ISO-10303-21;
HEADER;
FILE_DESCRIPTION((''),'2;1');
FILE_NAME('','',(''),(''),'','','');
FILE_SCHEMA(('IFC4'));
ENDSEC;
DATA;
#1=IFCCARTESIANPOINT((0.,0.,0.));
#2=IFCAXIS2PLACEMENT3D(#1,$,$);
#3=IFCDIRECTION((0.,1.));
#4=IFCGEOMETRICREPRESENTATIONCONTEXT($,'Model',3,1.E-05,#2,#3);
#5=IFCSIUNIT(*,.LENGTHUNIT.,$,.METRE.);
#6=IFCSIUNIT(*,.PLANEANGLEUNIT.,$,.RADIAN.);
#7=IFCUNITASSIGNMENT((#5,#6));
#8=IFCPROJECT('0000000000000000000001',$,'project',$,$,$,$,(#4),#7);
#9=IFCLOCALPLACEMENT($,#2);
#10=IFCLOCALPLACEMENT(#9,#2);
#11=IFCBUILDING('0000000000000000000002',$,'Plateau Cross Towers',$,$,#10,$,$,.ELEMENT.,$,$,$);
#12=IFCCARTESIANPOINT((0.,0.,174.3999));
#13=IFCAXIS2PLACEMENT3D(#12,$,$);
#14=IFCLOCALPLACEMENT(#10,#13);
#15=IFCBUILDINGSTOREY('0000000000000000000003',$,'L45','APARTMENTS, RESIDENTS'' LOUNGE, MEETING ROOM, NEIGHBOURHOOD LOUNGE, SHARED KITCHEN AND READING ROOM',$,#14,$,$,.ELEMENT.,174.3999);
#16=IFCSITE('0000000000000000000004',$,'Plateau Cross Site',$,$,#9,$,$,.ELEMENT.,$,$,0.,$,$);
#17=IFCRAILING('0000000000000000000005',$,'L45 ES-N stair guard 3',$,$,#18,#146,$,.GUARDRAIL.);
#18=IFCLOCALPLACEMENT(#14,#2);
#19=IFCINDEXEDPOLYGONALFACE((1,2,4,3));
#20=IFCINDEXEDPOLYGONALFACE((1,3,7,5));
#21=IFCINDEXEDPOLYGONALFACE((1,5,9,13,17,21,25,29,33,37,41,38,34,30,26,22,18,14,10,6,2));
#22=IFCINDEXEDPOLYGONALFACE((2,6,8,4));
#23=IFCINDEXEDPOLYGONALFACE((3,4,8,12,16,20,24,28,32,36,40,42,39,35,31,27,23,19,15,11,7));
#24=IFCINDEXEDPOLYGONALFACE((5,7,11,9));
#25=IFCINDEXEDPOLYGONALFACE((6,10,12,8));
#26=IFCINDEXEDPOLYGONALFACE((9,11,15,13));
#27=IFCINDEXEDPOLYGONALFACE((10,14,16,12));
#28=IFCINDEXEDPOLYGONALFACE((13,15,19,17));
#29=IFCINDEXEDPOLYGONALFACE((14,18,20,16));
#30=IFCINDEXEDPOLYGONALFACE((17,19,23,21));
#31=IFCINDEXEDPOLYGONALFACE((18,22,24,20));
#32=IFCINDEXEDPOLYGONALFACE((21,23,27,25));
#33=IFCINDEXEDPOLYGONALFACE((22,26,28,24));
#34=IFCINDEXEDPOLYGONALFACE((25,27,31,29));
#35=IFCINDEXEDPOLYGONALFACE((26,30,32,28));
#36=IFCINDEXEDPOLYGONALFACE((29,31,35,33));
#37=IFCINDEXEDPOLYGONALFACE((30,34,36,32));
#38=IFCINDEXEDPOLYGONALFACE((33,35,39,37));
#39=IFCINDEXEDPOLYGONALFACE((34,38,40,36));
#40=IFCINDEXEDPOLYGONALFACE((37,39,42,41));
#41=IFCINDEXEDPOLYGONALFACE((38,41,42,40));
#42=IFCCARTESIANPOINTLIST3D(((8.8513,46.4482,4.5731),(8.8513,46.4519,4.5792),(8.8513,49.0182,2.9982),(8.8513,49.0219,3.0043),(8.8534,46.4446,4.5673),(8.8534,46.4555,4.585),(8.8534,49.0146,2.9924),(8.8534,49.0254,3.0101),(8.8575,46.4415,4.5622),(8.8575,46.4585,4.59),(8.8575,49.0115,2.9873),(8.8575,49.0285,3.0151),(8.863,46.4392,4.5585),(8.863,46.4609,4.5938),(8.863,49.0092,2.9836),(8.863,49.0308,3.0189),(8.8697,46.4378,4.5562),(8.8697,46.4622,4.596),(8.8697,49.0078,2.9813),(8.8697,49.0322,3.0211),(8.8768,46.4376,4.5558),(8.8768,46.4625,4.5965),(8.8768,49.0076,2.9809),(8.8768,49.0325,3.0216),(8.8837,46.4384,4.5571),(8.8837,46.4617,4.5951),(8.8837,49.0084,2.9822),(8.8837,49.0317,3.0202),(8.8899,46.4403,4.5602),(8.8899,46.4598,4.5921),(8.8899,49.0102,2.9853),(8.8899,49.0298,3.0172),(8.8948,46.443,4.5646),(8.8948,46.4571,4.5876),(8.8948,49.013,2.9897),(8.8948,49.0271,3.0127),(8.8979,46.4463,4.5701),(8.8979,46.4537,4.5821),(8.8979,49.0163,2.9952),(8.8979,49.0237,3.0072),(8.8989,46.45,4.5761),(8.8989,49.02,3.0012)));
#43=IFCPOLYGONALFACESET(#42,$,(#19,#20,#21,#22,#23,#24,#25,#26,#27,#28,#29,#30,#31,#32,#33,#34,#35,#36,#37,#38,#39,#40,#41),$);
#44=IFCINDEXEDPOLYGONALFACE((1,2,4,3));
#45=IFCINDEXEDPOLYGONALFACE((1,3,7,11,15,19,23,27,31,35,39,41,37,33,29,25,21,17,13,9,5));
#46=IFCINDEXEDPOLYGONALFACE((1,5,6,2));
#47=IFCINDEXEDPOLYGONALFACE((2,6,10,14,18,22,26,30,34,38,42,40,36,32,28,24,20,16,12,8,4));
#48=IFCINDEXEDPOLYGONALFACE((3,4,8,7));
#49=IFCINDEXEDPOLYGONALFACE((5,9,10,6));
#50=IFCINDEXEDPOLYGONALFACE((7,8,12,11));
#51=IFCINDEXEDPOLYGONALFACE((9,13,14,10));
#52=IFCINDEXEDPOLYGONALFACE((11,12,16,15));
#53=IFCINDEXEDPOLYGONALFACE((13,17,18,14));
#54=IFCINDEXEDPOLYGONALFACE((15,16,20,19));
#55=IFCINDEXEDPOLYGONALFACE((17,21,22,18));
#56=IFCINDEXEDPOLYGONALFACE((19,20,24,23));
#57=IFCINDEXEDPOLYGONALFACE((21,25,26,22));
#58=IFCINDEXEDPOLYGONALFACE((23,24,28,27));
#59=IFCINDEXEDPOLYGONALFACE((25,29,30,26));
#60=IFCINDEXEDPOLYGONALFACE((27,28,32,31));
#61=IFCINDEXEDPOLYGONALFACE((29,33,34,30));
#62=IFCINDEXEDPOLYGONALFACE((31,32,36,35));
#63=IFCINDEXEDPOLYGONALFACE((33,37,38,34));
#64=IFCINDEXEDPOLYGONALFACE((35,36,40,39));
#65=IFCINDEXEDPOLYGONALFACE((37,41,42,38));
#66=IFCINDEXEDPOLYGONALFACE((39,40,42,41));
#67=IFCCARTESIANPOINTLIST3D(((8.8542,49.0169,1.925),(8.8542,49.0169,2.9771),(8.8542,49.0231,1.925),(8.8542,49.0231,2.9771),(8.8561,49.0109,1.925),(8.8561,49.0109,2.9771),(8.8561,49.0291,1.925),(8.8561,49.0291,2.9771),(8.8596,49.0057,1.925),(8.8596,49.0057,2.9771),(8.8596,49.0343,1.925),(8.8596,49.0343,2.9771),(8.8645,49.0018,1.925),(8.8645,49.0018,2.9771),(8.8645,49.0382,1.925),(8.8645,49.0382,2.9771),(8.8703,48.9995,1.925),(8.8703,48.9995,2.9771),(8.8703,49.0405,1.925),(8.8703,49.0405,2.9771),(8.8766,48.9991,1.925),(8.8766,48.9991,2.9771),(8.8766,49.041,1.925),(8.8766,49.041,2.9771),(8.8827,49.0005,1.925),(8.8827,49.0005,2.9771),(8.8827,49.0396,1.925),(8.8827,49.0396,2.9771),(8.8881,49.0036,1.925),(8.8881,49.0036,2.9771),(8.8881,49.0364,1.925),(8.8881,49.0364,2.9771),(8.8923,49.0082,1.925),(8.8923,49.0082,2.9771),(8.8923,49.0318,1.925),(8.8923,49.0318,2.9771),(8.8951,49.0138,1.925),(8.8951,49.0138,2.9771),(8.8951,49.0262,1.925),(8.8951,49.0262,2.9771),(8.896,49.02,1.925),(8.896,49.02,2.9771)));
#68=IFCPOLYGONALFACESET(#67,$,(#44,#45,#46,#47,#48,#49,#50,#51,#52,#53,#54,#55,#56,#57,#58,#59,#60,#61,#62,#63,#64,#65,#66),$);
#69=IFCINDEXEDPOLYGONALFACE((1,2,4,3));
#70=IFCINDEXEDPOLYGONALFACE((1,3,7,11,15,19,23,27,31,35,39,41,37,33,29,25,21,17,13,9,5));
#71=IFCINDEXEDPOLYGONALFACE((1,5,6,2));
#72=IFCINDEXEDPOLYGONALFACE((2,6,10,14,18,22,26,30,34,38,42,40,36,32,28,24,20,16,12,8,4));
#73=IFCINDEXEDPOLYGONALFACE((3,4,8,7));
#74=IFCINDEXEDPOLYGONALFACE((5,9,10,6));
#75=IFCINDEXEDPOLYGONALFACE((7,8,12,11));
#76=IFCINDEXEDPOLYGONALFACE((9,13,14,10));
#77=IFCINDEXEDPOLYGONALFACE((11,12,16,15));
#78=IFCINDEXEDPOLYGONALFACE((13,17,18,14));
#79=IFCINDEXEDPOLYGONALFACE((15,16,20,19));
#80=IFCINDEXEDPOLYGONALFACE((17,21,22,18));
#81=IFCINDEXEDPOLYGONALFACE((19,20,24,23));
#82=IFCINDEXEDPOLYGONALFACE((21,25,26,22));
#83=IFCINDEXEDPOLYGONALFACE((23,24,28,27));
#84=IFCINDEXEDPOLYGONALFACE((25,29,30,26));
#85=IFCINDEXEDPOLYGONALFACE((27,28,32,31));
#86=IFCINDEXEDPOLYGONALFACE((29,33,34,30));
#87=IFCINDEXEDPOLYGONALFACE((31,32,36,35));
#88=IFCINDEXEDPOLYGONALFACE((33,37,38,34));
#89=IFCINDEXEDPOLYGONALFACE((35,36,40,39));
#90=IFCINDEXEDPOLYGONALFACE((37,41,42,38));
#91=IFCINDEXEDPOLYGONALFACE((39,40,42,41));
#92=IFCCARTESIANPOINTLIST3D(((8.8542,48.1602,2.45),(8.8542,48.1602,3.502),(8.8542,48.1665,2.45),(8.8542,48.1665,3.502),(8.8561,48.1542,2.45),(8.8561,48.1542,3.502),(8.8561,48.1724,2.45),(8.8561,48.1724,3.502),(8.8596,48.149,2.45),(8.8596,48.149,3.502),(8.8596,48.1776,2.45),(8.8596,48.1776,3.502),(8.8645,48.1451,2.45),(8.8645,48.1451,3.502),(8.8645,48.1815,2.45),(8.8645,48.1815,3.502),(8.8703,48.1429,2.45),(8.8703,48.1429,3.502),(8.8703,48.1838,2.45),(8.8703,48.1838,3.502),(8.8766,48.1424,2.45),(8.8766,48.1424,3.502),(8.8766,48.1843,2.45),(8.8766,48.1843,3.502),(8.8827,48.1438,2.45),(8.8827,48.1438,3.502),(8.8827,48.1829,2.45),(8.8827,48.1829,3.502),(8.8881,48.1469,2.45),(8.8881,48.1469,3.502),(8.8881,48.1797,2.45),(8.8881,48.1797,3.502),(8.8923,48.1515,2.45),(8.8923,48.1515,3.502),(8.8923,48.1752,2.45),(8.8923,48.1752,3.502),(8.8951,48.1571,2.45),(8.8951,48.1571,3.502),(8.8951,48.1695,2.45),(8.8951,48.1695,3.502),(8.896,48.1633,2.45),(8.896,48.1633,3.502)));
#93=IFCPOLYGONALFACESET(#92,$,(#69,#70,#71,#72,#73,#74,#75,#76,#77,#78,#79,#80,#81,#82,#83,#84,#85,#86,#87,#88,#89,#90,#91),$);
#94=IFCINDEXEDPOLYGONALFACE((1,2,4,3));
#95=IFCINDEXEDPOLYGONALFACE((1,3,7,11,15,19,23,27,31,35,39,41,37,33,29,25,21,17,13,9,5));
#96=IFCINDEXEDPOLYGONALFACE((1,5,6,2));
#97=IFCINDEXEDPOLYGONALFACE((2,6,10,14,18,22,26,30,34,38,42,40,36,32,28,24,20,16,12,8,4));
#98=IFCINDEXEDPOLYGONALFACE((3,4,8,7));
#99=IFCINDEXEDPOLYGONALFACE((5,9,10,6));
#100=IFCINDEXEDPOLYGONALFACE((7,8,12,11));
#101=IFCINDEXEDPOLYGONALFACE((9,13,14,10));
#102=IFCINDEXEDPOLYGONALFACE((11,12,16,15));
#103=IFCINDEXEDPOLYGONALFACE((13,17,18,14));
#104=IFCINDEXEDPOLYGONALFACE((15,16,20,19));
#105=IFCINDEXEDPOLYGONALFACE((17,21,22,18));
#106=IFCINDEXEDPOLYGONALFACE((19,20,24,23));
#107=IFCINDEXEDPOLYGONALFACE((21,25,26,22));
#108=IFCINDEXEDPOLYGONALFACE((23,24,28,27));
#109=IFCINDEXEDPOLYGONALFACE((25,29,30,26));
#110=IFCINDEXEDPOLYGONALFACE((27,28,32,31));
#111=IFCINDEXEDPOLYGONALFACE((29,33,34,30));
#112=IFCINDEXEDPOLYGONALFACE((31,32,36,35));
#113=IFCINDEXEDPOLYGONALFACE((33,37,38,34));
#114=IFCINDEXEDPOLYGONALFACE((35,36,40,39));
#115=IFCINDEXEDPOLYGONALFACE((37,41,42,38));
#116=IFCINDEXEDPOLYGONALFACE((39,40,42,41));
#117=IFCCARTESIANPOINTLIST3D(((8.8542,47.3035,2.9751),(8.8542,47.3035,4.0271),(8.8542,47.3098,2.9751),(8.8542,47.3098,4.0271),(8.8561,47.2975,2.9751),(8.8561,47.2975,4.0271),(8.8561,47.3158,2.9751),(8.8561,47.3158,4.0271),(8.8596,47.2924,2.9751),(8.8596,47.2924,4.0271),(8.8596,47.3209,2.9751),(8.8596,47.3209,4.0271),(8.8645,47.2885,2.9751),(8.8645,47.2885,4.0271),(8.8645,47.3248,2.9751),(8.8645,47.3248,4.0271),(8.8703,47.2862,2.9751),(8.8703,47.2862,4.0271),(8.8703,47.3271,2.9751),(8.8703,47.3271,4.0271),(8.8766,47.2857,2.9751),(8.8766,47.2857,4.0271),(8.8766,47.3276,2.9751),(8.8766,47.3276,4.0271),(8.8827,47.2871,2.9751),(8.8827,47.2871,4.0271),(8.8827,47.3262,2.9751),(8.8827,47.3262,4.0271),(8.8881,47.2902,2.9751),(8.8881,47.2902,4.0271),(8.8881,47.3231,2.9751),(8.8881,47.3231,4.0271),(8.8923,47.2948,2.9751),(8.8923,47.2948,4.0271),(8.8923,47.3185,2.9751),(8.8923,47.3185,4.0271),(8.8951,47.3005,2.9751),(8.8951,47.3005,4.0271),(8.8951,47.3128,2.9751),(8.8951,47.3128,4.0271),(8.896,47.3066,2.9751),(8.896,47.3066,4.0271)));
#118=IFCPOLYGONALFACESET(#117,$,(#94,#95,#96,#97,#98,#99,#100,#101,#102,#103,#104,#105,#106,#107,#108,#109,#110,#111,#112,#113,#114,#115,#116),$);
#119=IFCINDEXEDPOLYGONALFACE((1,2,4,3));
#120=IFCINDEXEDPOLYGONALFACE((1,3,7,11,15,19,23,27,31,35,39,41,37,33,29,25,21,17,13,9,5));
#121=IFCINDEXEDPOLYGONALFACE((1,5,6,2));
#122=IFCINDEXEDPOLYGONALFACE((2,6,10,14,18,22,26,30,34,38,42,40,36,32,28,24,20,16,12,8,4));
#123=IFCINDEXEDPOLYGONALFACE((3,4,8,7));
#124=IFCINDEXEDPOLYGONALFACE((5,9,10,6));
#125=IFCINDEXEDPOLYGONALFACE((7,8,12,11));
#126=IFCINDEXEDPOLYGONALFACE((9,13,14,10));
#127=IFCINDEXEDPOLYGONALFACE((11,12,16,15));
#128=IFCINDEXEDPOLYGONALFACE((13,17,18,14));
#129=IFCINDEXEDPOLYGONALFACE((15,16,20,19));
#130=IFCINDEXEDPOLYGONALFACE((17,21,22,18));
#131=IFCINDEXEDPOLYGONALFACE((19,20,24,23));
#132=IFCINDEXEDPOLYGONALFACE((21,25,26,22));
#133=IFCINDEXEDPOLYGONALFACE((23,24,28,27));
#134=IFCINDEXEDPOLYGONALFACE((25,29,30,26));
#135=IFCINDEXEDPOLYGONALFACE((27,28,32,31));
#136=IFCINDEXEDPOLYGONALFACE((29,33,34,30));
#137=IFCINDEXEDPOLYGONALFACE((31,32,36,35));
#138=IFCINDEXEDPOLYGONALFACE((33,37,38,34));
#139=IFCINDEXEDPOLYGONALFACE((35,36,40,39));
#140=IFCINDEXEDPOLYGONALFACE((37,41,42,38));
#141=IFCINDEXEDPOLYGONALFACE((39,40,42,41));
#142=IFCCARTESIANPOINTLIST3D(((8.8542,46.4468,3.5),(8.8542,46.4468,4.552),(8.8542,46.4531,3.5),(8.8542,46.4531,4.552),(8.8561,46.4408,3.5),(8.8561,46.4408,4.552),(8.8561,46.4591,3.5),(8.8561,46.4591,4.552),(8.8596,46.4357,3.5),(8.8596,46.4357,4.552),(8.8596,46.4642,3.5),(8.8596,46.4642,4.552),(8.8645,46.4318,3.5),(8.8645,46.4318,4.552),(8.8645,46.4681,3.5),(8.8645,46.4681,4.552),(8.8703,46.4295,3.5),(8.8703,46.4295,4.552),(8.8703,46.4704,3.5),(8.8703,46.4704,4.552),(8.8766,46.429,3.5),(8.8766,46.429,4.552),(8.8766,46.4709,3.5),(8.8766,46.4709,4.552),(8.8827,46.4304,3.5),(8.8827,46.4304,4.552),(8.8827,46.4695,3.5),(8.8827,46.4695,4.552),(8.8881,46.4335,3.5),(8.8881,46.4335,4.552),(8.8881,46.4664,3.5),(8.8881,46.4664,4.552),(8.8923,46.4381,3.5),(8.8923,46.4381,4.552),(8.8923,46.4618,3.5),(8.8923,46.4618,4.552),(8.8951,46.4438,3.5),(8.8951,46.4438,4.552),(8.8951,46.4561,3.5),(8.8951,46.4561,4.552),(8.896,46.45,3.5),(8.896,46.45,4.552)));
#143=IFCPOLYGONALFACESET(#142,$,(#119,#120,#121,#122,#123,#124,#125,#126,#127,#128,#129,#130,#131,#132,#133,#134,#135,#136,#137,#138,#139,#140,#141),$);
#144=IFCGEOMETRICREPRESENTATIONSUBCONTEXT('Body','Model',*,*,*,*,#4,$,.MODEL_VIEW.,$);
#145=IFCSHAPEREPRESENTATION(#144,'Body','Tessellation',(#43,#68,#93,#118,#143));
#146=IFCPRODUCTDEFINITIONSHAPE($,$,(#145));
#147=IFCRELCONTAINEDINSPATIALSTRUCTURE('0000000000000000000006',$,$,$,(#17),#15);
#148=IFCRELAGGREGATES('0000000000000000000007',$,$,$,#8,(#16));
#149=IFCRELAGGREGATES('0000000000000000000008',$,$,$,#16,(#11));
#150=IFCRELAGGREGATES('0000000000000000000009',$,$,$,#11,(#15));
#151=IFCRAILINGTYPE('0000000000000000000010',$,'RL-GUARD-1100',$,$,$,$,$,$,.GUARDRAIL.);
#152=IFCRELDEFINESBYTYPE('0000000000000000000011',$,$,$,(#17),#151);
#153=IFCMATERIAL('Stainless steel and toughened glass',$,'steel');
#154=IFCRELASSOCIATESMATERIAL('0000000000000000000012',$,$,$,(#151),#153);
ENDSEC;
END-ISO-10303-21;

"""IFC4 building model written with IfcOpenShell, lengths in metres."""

from ifc_helpers import new_model, si_unit, direction, frame, origin, origin_2d, place, context, subcontext, project, spatial, circle, extrude, material, type_object, element, save


model = new_model("IFC4")

# Units and contexts
model_context = context("Model", 3, precision=1e-05, world=origin(), true_north=direction((0.0, 1.0)))
body_context = subcontext(model_context, "Body", "Model", "MODEL_VIEW")
ifc_project = project(units=[si_unit("LENGTHUNIT", "METRE"), si_unit("PLANEANGLEUNIT", "RADIAN")], contexts=[model_context])

# Site, building, storey
site_placement = place(None, origin())
site = spatial("IfcSite", under=ifc_project, at=site_placement, Name="Plateau Cross Site", CompositionType="ELEMENT", RefElevation=0.0)
building_placement = place(site_placement, origin())
building = spatial("IfcBuilding", under=site, at=building_placement, Name="Plateau Cross Towers", CompositionType="ELEMENT")
storey_placement = place(building_placement, frame((0.0, 0.0, 174.3999)))
storey = spatial("IfcBuildingStorey", under=building, at=storey_placement, Name="L45", Description="APARTMENTS, RESIDENTS' LOUNGE, MEETING ROOM, NEIGHBOURHOOD LOUNGE, SHARED KITCHEN AND READING ROOM", CompositionType="ELEMENT", Elevation=174.3999)

# Railing
ifc_material_1 = material(Name="Stainless steel and toughened glass", Category="steel")
railing_type_1 = type_object("IfcRailingType", Name="RL-GUARD-1100", PredefinedType="GUARDRAIL", material=ifc_material_1)
railing_1_placement = place(storey_placement, frame((8.875, 49.02, 1.925)))
element("IfcRailing", 1, at=railing_1_placement, inside=storey, type_object=railing_type_1, Name="L45 ES-N stair guard 3", PredefinedType="GUARDRAIL", context=body_context, shape_type="SweptSolid", body=[
    extrude(circle(Radius=0.0239, at=origin_2d()), frame((0.0, 0.0, 1.0762), z_axis=(0.0, -0.852639, 0.522501), x_axis=(1.0, 0.0, 0.0)), (0.0, 0.0, 1.0), 3.0142),
    extrude(circle(Radius=0.021, at=origin_2d()), origin(), (0.0, 0.0, 1.0), 1.052),
    extrude(circle(Radius=0.021, at=origin_2d()), frame((0.0, -0.8567, 0.5249)), (0.0, 0.0, 1.0), 1.052),
    extrude(circle(Radius=0.021, at=origin_2d()), frame((0.0, -1.7134, 1.05)), (0.0, 0.0, 1.0), 1.052),
    extrude(circle(Radius=0.021, at=origin_2d()), frame((0.0, -2.5701, 1.575)), (0.0, 0.0, 1.0), 1.052),
])

save(model, "model.ifc")
